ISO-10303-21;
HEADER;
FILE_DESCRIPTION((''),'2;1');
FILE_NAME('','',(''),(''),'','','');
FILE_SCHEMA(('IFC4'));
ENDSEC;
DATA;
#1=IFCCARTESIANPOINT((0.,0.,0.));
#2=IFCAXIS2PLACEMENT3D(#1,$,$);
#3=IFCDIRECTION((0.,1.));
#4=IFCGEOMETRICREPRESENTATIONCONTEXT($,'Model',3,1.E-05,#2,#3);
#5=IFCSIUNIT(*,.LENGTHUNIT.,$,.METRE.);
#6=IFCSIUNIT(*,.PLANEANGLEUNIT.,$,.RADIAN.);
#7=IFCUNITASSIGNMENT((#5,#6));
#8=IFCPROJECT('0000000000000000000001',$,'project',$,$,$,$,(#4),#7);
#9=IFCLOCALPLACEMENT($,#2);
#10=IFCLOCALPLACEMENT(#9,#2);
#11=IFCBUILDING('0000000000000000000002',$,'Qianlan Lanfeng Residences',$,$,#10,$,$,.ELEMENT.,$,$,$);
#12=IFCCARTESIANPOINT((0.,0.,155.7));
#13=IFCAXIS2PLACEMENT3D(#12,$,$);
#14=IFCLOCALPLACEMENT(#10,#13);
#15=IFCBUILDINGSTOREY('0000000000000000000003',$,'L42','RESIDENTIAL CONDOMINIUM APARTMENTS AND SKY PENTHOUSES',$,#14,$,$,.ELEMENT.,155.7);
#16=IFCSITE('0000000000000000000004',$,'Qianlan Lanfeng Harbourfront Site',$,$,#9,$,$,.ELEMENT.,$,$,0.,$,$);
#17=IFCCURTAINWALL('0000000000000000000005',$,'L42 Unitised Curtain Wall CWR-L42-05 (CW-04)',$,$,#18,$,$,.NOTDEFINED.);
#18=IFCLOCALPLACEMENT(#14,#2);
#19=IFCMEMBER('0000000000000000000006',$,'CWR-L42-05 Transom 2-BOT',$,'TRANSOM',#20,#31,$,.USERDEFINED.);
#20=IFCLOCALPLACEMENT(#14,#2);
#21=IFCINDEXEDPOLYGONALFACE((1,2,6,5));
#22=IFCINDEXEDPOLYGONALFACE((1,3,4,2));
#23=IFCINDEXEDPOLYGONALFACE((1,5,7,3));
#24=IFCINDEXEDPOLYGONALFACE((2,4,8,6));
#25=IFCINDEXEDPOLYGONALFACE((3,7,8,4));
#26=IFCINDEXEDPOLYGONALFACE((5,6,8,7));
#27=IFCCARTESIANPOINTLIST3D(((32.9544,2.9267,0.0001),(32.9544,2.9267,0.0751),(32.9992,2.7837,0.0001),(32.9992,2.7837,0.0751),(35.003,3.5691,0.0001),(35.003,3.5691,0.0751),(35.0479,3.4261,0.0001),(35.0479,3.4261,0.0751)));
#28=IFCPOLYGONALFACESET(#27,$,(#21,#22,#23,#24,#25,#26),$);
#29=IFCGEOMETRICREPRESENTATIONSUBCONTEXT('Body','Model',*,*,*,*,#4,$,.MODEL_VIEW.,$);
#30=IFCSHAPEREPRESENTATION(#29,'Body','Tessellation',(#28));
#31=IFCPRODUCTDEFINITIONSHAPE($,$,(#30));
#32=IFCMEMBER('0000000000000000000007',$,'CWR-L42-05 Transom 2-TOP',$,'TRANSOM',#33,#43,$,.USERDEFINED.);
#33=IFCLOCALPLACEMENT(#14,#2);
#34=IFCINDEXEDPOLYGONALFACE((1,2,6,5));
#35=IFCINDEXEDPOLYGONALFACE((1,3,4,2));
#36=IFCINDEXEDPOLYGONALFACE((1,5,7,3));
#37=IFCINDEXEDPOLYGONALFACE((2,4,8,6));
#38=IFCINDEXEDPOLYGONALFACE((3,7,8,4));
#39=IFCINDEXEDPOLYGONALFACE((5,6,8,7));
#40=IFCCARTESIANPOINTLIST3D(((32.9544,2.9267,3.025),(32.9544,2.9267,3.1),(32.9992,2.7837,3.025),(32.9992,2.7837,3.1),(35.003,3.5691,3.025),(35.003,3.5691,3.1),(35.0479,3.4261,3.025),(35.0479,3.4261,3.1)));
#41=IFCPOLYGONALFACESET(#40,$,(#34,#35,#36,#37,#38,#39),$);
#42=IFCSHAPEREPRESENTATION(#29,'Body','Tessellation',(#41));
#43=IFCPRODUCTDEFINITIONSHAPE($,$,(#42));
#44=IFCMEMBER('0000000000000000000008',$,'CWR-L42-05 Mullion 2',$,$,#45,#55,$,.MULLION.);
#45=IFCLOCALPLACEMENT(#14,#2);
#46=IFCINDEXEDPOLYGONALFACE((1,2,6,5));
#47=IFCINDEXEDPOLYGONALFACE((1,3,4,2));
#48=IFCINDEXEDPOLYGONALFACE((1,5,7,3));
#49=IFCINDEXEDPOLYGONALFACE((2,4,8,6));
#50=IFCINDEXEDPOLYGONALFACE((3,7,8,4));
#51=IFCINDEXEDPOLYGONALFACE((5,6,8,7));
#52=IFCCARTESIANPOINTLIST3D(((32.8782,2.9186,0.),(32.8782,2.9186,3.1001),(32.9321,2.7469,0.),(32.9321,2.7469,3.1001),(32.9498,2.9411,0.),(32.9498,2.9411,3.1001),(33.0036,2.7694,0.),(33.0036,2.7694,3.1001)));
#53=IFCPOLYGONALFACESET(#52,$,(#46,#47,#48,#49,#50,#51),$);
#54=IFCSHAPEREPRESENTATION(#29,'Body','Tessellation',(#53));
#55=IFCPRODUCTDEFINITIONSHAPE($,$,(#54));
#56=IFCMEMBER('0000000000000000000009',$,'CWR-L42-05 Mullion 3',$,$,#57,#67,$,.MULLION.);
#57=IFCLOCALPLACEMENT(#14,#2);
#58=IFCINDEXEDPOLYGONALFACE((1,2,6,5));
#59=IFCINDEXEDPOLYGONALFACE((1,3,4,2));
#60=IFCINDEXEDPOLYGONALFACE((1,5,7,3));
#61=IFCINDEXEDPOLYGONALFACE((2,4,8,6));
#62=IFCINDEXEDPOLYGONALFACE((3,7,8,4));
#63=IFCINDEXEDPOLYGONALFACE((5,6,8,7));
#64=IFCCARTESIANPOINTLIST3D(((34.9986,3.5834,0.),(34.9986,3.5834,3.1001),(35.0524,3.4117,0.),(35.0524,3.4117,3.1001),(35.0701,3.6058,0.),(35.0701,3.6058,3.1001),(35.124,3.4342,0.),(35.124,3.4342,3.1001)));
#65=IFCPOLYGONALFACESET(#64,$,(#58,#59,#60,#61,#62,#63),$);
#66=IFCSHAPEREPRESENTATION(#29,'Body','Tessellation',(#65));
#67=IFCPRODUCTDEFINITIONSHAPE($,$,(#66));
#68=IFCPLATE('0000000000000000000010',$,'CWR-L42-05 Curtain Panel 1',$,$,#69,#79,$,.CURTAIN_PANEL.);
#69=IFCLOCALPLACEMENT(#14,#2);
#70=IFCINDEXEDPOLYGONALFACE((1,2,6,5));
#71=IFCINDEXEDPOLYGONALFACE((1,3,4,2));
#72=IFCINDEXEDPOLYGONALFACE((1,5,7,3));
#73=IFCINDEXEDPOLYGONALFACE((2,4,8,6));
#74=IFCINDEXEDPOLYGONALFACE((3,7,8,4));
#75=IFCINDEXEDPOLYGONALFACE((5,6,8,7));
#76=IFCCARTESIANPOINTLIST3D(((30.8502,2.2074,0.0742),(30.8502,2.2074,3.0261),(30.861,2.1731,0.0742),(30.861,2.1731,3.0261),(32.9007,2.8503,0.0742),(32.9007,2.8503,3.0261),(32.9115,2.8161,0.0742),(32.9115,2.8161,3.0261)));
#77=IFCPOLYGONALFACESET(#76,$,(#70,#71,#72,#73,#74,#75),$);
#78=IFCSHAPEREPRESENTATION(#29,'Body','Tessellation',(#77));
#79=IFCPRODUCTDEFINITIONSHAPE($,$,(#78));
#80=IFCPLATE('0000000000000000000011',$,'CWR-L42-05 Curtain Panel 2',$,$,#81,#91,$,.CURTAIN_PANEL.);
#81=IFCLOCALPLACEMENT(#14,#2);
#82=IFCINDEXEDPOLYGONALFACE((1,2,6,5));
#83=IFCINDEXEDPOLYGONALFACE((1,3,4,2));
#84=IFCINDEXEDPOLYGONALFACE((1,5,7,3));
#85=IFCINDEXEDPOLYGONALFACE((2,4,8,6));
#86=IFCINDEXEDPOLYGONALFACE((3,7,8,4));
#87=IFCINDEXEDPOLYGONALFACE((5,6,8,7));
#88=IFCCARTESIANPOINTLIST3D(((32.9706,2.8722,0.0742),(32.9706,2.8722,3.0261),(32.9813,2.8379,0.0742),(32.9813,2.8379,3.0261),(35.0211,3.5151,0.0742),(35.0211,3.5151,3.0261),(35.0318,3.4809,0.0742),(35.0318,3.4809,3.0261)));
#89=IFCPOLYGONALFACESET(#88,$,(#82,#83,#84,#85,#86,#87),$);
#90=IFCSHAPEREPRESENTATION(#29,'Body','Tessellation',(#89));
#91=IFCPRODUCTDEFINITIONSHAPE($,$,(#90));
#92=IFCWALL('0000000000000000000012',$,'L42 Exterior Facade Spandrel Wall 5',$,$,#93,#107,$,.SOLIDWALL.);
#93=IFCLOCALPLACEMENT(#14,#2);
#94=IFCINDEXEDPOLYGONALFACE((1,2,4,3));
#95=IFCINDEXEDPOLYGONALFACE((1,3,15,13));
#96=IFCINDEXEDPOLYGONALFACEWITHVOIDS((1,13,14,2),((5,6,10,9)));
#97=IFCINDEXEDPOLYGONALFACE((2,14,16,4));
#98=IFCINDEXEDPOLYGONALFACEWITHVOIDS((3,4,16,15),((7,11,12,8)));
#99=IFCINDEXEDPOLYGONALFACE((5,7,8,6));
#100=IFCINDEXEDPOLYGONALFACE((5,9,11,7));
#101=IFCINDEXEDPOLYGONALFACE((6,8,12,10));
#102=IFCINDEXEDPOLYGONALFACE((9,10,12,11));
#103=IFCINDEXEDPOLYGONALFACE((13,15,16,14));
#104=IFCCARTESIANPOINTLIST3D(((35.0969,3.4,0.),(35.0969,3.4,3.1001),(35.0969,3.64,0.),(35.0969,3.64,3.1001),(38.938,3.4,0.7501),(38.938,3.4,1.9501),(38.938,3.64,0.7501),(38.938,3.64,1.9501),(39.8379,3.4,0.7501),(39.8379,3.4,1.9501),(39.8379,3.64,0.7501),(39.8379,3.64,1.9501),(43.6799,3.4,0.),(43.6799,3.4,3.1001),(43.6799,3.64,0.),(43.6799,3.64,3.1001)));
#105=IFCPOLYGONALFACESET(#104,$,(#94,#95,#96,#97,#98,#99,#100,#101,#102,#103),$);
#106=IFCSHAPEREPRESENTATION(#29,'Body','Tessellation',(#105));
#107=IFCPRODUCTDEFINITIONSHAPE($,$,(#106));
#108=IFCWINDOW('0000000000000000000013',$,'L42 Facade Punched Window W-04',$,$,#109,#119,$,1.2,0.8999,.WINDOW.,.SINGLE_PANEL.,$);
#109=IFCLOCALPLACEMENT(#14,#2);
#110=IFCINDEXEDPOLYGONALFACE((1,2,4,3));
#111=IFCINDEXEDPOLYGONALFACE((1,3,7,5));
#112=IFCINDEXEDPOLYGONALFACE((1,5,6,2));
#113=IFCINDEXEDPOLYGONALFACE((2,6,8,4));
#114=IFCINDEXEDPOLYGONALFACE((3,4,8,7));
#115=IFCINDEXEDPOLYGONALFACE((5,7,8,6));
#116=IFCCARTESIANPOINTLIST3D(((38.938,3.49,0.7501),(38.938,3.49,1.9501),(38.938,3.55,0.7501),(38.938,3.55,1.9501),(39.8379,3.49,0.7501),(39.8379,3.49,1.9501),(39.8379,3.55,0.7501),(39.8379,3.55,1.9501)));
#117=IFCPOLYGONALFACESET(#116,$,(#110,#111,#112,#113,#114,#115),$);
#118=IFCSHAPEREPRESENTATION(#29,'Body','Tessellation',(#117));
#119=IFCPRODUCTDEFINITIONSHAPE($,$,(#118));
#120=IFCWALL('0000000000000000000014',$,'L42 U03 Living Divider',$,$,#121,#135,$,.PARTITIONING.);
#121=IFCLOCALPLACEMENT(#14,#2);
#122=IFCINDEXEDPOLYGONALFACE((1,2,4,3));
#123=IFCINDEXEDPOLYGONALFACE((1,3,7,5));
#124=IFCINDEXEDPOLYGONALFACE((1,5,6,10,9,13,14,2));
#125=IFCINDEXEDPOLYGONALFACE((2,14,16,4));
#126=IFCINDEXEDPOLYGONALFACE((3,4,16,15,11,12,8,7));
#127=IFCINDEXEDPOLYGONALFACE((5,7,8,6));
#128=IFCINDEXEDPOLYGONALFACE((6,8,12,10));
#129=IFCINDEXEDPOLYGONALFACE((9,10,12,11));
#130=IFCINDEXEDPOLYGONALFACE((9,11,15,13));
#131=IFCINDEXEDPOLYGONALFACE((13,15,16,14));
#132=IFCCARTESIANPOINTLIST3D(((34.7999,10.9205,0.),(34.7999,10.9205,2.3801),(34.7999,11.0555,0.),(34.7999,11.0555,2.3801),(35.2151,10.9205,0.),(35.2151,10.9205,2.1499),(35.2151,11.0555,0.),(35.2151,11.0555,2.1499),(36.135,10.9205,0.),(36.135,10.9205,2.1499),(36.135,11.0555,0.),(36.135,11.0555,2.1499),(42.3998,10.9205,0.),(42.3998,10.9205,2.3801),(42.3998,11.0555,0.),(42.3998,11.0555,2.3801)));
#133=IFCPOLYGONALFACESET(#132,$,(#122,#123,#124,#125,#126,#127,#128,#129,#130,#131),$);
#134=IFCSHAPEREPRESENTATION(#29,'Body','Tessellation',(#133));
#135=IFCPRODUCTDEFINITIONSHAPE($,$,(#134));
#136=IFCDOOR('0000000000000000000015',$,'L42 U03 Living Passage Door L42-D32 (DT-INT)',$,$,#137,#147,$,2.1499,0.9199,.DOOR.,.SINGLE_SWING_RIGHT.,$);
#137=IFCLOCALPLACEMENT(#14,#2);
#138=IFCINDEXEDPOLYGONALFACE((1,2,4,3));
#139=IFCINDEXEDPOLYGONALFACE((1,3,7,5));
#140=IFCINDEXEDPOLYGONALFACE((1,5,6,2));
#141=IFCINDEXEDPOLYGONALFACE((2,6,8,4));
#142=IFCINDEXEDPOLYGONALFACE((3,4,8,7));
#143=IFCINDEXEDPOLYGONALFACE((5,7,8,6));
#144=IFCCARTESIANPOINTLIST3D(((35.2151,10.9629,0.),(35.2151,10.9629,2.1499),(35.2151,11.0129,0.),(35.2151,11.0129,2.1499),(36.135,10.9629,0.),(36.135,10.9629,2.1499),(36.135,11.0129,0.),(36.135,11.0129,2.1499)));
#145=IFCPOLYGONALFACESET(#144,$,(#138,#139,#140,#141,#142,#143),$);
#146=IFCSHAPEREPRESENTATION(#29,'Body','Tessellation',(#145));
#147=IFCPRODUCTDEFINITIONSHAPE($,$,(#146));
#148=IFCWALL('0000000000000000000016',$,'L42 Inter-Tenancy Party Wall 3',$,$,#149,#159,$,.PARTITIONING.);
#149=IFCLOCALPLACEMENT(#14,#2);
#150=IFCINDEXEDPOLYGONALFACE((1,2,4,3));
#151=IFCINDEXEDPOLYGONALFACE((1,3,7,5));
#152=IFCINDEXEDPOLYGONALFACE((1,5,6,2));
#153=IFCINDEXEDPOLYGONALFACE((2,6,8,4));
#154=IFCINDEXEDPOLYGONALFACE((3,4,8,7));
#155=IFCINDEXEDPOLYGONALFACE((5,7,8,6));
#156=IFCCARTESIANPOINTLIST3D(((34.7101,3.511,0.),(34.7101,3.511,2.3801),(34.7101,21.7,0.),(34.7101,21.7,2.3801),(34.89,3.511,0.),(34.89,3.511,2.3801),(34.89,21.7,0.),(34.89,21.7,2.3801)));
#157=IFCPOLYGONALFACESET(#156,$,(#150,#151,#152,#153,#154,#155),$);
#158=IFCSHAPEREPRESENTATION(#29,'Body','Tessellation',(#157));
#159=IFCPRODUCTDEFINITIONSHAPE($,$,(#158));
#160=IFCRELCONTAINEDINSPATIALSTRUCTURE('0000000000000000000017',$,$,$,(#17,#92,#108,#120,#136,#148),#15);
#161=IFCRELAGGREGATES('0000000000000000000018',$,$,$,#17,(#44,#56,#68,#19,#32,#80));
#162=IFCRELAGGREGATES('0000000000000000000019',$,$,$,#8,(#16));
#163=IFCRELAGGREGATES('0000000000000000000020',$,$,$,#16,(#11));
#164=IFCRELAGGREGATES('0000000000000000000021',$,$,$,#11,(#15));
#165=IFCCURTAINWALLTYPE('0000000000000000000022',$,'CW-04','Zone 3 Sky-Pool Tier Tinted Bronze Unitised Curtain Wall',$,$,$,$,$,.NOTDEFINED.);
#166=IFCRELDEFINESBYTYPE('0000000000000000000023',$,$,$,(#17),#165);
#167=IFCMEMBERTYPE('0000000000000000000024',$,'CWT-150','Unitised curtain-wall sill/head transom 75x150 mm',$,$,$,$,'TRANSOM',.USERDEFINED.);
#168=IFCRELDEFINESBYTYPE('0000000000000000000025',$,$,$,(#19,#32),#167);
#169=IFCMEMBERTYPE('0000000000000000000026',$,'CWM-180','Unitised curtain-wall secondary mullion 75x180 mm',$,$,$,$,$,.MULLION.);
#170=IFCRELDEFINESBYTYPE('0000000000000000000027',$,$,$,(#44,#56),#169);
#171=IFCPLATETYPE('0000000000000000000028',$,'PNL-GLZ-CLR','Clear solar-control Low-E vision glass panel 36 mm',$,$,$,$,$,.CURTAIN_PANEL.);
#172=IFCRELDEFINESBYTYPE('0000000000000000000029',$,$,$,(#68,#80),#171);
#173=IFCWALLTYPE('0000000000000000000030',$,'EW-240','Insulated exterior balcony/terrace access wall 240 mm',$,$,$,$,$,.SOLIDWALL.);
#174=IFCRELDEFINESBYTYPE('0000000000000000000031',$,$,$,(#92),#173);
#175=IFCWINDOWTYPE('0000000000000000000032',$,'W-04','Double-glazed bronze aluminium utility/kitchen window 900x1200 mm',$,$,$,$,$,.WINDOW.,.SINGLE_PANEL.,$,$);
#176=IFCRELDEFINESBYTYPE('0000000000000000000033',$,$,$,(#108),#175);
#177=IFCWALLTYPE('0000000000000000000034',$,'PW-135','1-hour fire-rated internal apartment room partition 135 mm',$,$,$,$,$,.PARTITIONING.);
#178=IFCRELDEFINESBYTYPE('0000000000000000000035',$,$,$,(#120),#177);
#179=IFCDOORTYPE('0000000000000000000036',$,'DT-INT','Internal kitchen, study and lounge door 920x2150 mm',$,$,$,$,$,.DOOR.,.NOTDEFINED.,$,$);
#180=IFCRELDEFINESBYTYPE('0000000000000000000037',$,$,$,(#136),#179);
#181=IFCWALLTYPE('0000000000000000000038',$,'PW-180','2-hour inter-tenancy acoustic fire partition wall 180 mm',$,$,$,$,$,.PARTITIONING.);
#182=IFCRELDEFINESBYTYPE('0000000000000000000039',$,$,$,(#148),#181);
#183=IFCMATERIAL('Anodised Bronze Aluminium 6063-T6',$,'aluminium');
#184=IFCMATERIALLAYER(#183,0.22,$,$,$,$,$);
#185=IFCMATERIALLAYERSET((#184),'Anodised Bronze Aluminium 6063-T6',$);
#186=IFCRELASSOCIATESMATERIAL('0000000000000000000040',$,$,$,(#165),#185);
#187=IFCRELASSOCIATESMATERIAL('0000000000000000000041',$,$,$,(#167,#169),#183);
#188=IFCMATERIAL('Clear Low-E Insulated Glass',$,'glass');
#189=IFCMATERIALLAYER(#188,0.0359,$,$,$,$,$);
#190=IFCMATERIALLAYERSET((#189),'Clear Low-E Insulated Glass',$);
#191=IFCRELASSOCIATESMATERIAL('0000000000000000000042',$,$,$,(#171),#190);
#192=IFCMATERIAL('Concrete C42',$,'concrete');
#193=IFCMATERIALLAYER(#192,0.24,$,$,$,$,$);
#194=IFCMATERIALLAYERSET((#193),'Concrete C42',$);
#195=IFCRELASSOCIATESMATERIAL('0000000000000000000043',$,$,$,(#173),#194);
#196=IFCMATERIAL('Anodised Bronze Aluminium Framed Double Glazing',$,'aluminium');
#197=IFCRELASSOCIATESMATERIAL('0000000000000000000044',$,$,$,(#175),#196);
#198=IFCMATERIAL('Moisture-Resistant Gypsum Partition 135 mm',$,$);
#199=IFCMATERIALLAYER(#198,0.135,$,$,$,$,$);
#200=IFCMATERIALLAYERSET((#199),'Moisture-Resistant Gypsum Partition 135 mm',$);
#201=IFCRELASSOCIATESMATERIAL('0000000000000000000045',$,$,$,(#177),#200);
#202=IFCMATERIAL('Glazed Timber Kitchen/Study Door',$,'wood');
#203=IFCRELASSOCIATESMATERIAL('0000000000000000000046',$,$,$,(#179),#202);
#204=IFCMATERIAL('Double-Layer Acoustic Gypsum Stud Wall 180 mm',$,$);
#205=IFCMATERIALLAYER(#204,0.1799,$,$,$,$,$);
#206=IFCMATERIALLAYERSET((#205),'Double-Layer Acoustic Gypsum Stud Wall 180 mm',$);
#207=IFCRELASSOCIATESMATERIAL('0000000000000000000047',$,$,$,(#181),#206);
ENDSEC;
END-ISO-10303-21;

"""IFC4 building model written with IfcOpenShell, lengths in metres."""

from ifc_helpers import new_model, si_unit, direction, frame, frame_2d, origin, origin_2d, place, context, subcontext, project, spatial, rectangle, extrude, source, transform, mapped, material, layer, layer_set, material_profile, profile_set, type_object, element, fill, aggregate, save


model = new_model("IFC4")

# Units and contexts
model_context = context("Model", 3, precision=1e-05, world=origin(), true_north=direction((0.0, 1.0)))
body_context = subcontext(model_context, "Body", "Model", "MODEL_VIEW")
ifc_project = project(units=[si_unit("LENGTHUNIT", "METRE"), si_unit("PLANEANGLEUNIT", "RADIAN")], contexts=[model_context])

# Site, building, storey
site_placement = place(None, origin())
site = spatial("IfcSite", under=ifc_project, at=site_placement, Name="Qianlan Lanfeng Harbourfront Site", CompositionType="ELEMENT", RefElevation=0.0)
building_placement = place(site_placement, origin())
building = spatial("IfcBuilding", under=site, at=building_placement, Name="Qianlan Lanfeng Residences", CompositionType="ELEMENT")
storey_placement = place(building_placement, frame((0.0, 0.0, 155.7)))
storey = spatial("IfcBuildingStorey", under=building, at=storey_placement, Name="L42", Description="RESIDENTIAL CONDOMINIUM APARTMENTS AND SKY PENTHOUSES", CompositionType="ELEMENT", Elevation=155.7)

# Curtain wall, members, plates
ifc_material_1 = material(Name="Anodised Bronze Aluminium 6063-T6", Category="aluminium")
ifc_layer_1 = layer(ifc_material_1, 0.22)
ifc_layer_set_1 = layer_set([ifc_layer_1], Name="Anodised Bronze Aluminium 6063-T6")
curtain_wall_type = type_object("IfcCurtainWallType", Name="CW-04", Description="Zone 3 Sky-Pool Tier Tinted Bronze Unitised Curtain Wall", PredefinedType="NOTDEFINED", material=ifc_layer_set_1)
curtain_wall_placement = place(storey_placement, origin())
curtain_wall = element("IfcCurtainWall", 1, at=curtain_wall_placement, inside=storey, type_object=curtain_wall_type, Name="L42 Unitised Curtain Wall CWR-L42-05 (CW-04)", PredefinedType="NOTDEFINED")
ifc_material_profile_1 = material_profile(ifc_material_1, rectangle(XDim=0.075, YDim=0.1499, at=origin_2d()), Name="ALU TRANSOM 75x150")
ifc_profile_set_1 = profile_set([ifc_material_profile_1], Name="Anodised Bronze Aluminium 6063-T6")
member_type_1 = type_object("IfcMemberType", Name="CWT-150", Description="Unitised curtain-wall sill/head transom 75x150 mm", ElementType="TRANSOM", PredefinedType="USERDEFINED", material=ifc_profile_set_1)
shared_shape_1 = source(origin(), body_context, "Body", "SweptSolid", [
    extrude(rectangle(XDim=0.075, YDim=0.1499, at=origin_2d()), origin(), (0.0, 0.0, 1.0), 2.147),
])
member_1_placement = place(storey_placement, frame((32.9768, 2.8552, 0.0376), z_axis=(0.954194, 0.299188, 0.0), x_axis=(0.0, 0.0, 1.0)))
member_1 = element("IfcMember", 2, at=member_1_placement, type_object=member_type_1, Name="CWR-L42-05 Transom 2-BOT", ObjectType="TRANSOM", PredefinedType="USERDEFINED", context=body_context, shape_type="MappedRepresentation", body=[
    mapped(shared_shape_1, transform((0.0, 0.0, 0.0), scale=1.0)),
])
member_2_placement = place(storey_placement, frame((32.9768, 2.8552, 3.0625), z_axis=(0.954194, 0.299188, 0.0), x_axis=(0.0, 0.0, 1.0)))
member_2 = element("IfcMember", 3, at=member_2_placement, type_object=member_type_1, Name="CWR-L42-05 Transom 2-TOP", ObjectType="TRANSOM", PredefinedType="USERDEFINED", context=body_context, shape_type="MappedRepresentation", body=[
    mapped(shared_shape_1, transform((0.0, 0.0, 0.0), scale=1.0)),
])
ifc_material_profile_2 = material_profile(ifc_material_1, rectangle(XDim=0.075, YDim=0.1799, at=origin_2d()), Name="ALU MULLION 75x180")
ifc_profile_set_2 = profile_set([ifc_material_profile_2], Name="Anodised Bronze Aluminium 6063-T6")
member_type_2 = type_object("IfcMemberType", Name="CWM-180", Description="Unitised curtain-wall secondary mullion 75x180 mm", PredefinedType="MULLION", material=ifc_profile_set_2)
shared_shape_2 = source(origin(), body_context, "Body", "SweptSolid", [
    extrude(rectangle(XDim=0.075, YDim=0.1799, at=origin_2d()), origin(), (0.0, 0.0, 1.0), 3.1001),
])
member_3_placement = place(storey_placement, frame((32.9409, 2.844, 0.0), z_axis=(0.0, 0.0, 1.0), x_axis=(0.954196, 0.299182, 0.0)))
member_3 = element("IfcMember", 4, at=member_3_placement, type_object=member_type_2, Name="CWR-L42-05 Mullion 2", PredefinedType="MULLION", context=body_context, shape_type="MappedRepresentation", body=[
    mapped(shared_shape_2, transform((0.0, 0.0, 0.0), scale=1.0)),
])
member_4_placement = place(storey_placement, frame((35.0613, 3.5088, 0.0), z_axis=(0.0, 0.0, 1.0), x_axis=(0.954196, 0.299182, 0.0)))
member_4 = element("IfcMember", 5, at=member_4_placement, type_object=member_type_2, Name="CWR-L42-05 Mullion 3", PredefinedType="MULLION", context=body_context, shape_type="MappedRepresentation", body=[
    mapped(shared_shape_2, transform((0.0, 0.0, 0.0), scale=1.0)),
])
ifc_material_2 = material(Name="Clear Low-E Insulated Glass", Category="glass")
ifc_layer_2 = layer(ifc_material_2, 0.0359)
ifc_layer_set_2 = layer_set([ifc_layer_2], Name="Clear Low-E Insulated Glass")
plate_type = type_object("IfcPlateType", Name="PNL-GLZ-CLR", Description="Clear solar-control Low-E vision glass panel 36 mm", PredefinedType="CURTAIN_PANEL", material=ifc_layer_set_2)
shared_shape_3 = source(origin(), body_context, "Body", "SweptSolid", [
    extrude(rectangle(XDim=2.1489, YDim=0.0359, at=origin_2d()), origin(), (0.0, 0.0, 1.0), 2.9519),
])
plate_1_placement = place(storey_placement, frame((31.8809, 2.5117, 0.0742), z_axis=(0.0, 0.0, 1.0), x_axis=(0.954196, 0.299182, 0.0)))
plate_1 = element("IfcPlate", 6, at=plate_1_placement, type_object=plate_type, Name="CWR-L42-05 Curtain Panel 1", PredefinedType="CURTAIN_PANEL", context=body_context, shape_type="MappedRepresentation", body=[
    mapped(shared_shape_3, transform((0.0, 0.0, 0.0), scale=1.0)),
])
plate_2_placement = place(storey_placement, frame((34.0012, 3.1765, 0.0742), z_axis=(0.0, 0.0, 1.0), x_axis=(0.954196, 0.299182, 0.0)))
plate_2 = element("IfcPlate", 7, at=plate_2_placement, type_object=plate_type, Name="CWR-L42-05 Curtain Panel 2", PredefinedType="CURTAIN_PANEL", context=body_context, shape_type="MappedRepresentation", body=[
    mapped(shared_shape_3, transform((0.0, 0.0, 0.0), scale=1.0)),
])
aggregate(curtain_wall, [member_3, member_4, plate_1, member_1, member_2, plate_2])

# Wall, opening, window
ifc_material_3 = material(Name="Concrete C42", Category="concrete")
ifc_layer_3 = layer(ifc_material_3, 0.24)
ifc_layer_set_3 = layer_set([ifc_layer_3], Name="Concrete C42")
wall_type_1 = type_object("IfcWallType", Name="EW-240", Description="Insulated exterior balcony/terrace access wall 240 mm", PredefinedType="SOLIDWALL", material=ifc_layer_set_3)
wall_1_placement = place(storey_placement, frame((35.0969, 3.52, 0.0), z_axis=(0.0, 0.0, 1.0), x_axis=(1.0, 0.0, 0.0)))
wall_1 = element("IfcWall", 8, at=wall_1_placement, inside=storey, type_object=wall_type_1, Name="L42 Exterior Facade Spandrel Wall 5", PredefinedType="SOLIDWALL", context=body_context, shape_type="SweptSolid", body=[
    extrude(rectangle(XDim=8.583, YDim=0.24, at=frame_2d((4.2915, 0.0))), origin(), (0.0, 0.0, 1.0), 3.1001),
])
opening_1_placement = place(wall_1_placement, frame((3.8411, 0.0, 0.75)))
opening_1 = element("IfcOpeningElement", 9, at=opening_1_placement, cuts=wall_1, PredefinedType="OPENING", context=body_context, shape_type="SweptSolid", body=[
    extrude(rectangle(XDim=0.8999, YDim=1.2, at=frame_2d((0.45, 0.6001))), frame((0.0, 0.1299, 0.0), z_axis=(0.0, -1.0, 0.0), x_axis=(1.0, 0.0, 0.0)), (0.0, 0.0, 1.0), 0.26),
])
ifc_material_4 = material(Name="Anodised Bronze Aluminium Framed Double Glazing", Category="aluminium")
window_type = type_object("IfcWindowType", Name="W-04", Description="Double-glazed bronze aluminium utility/kitchen window 900x1200 mm", PartitioningType="SINGLE_PANEL", PredefinedType="WINDOW", material=ifc_material_4)
window_placement = place(opening_1_placement, origin())
window = element("IfcWindow", 10, at=window_placement, inside=storey, type_object=window_type, Name="L42 Facade Punched Window W-04", OverallHeight=1.2, OverallWidth=0.8999, PartitioningType="SINGLE_PANEL", PredefinedType="WINDOW", context=body_context, shape_type="SweptSolid", body=[
    extrude(rectangle(XDim=0.8999, YDim=1.2, at=frame_2d((0.45, 0.6001))), frame((0.0, 0.03, 0.0), z_axis=(0.0, -1.0, 0.0), x_axis=(1.0, 0.0, 0.0)), (0.0, 0.0, 1.0), 0.0601),
])
fill(opening_1, window)

# Wall, opening, door
ifc_material_5 = material(Name="Moisture-Resistant Gypsum Partition 135 mm")
ifc_layer_4 = layer(ifc_material_5, 0.135)
ifc_layer_set_4 = layer_set([ifc_layer_4], Name="Moisture-Resistant Gypsum Partition 135 mm")
wall_type_2 = type_object("IfcWallType", Name="PW-135", Description="1-hour fire-rated internal apartment room partition 135 mm", PredefinedType="PARTITIONING", material=ifc_layer_set_4)
wall_2_placement = place(storey_placement, frame((34.8, 10.988, 0.0), z_axis=(0.0, 0.0, 1.0), x_axis=(1.0, 0.0, 0.0)))
wall_2 = element("IfcWall", 11, at=wall_2_placement, inside=storey, type_object=wall_type_2, Name="L42 U03 Living Divider", PredefinedType="PARTITIONING", context=body_context, shape_type="SweptSolid", body=[
    extrude(rectangle(XDim=7.5999, YDim=0.135, at=frame_2d((3.7998, 0.0))), origin(), (0.0, 0.0, 1.0), 2.3801),
])
opening_2_placement = place(wall_2_placement, frame((0.415, 0.0, 0.0)))
opening_2 = element("IfcOpeningElement", 12, at=opening_2_placement, cuts=wall_2, PredefinedType="OPENING", context=body_context, shape_type="SweptSolid", body=[
    extrude(rectangle(XDim=0.9199, YDim=2.1499, at=frame_2d((0.46, 1.075))), frame((0.0, 0.0776, 0.0), z_axis=(0.0, -1.0, 0.0), x_axis=(1.0, 0.0, 0.0)), (0.0, 0.0, 1.0), 0.155),
])
ifc_material_6 = material(Name="Glazed Timber Kitchen/Study Door", Category="wood")
door_type_1 = type_object("IfcDoorType", Name="DT-INT", Description="Internal kitchen, study and lounge door 920x2150 mm", OperationType="NOTDEFINED", PredefinedType="DOOR", material=ifc_material_6)
door_1_placement = place(opening_2_placement, origin())
door_1 = element("IfcDoor", 13, at=door_1_placement, inside=storey, type_object=door_type_1, Name="L42 U03 Living Passage Door L42-D32 (DT-INT)", OperationType="SINGLE_SWING_RIGHT", OverallHeight=2.1499, OverallWidth=0.9199, PredefinedType="DOOR", context=body_context, shape_type="SweptSolid", body=[
    extrude(rectangle(XDim=0.9199, YDim=2.1499, at=frame_2d((0.46, 1.075))), frame((0.0, 0.0249, 0.0), z_axis=(0.0, -1.0, 0.0), x_axis=(1.0, 0.0, 0.0)), (0.0, 0.0, 1.0), 0.05),
])
fill(opening_2, door_1)

# Wall
ifc_material_7 = material(Name="Double-Layer Acoustic Gypsum Stud Wall 180 mm")
ifc_layer_5 = layer(ifc_material_7, 0.1799)
ifc_layer_set_5 = layer_set([ifc_layer_5], Name="Double-Layer Acoustic Gypsum Stud Wall 180 mm")
wall_type_3 = type_object("IfcWallType", Name="PW-180", Description="2-hour inter-tenancy acoustic fire partition wall 180 mm", PredefinedType="PARTITIONING", material=ifc_layer_set_5)
wall_3_placement = place(storey_placement, frame((34.8, 3.511, 0.0), z_axis=(0.0, 0.0, 1.0), x_axis=(0.0, 1.0, 0.0)))
element("IfcWall", 14, at=wall_3_placement, inside=storey, type_object=wall_type_3, Name="L42 Inter-Tenancy Party Wall 3", PredefinedType="PARTITIONING", context=body_context, shape_type="SweptSolid", body=[
    extrude(rectangle(XDim=18.189, YDim=0.1799, at=frame_2d((9.0945, 0.0))), origin(), (0.0, 0.0, 1.0), 2.3801),
])

save(model, "model.ifc")
